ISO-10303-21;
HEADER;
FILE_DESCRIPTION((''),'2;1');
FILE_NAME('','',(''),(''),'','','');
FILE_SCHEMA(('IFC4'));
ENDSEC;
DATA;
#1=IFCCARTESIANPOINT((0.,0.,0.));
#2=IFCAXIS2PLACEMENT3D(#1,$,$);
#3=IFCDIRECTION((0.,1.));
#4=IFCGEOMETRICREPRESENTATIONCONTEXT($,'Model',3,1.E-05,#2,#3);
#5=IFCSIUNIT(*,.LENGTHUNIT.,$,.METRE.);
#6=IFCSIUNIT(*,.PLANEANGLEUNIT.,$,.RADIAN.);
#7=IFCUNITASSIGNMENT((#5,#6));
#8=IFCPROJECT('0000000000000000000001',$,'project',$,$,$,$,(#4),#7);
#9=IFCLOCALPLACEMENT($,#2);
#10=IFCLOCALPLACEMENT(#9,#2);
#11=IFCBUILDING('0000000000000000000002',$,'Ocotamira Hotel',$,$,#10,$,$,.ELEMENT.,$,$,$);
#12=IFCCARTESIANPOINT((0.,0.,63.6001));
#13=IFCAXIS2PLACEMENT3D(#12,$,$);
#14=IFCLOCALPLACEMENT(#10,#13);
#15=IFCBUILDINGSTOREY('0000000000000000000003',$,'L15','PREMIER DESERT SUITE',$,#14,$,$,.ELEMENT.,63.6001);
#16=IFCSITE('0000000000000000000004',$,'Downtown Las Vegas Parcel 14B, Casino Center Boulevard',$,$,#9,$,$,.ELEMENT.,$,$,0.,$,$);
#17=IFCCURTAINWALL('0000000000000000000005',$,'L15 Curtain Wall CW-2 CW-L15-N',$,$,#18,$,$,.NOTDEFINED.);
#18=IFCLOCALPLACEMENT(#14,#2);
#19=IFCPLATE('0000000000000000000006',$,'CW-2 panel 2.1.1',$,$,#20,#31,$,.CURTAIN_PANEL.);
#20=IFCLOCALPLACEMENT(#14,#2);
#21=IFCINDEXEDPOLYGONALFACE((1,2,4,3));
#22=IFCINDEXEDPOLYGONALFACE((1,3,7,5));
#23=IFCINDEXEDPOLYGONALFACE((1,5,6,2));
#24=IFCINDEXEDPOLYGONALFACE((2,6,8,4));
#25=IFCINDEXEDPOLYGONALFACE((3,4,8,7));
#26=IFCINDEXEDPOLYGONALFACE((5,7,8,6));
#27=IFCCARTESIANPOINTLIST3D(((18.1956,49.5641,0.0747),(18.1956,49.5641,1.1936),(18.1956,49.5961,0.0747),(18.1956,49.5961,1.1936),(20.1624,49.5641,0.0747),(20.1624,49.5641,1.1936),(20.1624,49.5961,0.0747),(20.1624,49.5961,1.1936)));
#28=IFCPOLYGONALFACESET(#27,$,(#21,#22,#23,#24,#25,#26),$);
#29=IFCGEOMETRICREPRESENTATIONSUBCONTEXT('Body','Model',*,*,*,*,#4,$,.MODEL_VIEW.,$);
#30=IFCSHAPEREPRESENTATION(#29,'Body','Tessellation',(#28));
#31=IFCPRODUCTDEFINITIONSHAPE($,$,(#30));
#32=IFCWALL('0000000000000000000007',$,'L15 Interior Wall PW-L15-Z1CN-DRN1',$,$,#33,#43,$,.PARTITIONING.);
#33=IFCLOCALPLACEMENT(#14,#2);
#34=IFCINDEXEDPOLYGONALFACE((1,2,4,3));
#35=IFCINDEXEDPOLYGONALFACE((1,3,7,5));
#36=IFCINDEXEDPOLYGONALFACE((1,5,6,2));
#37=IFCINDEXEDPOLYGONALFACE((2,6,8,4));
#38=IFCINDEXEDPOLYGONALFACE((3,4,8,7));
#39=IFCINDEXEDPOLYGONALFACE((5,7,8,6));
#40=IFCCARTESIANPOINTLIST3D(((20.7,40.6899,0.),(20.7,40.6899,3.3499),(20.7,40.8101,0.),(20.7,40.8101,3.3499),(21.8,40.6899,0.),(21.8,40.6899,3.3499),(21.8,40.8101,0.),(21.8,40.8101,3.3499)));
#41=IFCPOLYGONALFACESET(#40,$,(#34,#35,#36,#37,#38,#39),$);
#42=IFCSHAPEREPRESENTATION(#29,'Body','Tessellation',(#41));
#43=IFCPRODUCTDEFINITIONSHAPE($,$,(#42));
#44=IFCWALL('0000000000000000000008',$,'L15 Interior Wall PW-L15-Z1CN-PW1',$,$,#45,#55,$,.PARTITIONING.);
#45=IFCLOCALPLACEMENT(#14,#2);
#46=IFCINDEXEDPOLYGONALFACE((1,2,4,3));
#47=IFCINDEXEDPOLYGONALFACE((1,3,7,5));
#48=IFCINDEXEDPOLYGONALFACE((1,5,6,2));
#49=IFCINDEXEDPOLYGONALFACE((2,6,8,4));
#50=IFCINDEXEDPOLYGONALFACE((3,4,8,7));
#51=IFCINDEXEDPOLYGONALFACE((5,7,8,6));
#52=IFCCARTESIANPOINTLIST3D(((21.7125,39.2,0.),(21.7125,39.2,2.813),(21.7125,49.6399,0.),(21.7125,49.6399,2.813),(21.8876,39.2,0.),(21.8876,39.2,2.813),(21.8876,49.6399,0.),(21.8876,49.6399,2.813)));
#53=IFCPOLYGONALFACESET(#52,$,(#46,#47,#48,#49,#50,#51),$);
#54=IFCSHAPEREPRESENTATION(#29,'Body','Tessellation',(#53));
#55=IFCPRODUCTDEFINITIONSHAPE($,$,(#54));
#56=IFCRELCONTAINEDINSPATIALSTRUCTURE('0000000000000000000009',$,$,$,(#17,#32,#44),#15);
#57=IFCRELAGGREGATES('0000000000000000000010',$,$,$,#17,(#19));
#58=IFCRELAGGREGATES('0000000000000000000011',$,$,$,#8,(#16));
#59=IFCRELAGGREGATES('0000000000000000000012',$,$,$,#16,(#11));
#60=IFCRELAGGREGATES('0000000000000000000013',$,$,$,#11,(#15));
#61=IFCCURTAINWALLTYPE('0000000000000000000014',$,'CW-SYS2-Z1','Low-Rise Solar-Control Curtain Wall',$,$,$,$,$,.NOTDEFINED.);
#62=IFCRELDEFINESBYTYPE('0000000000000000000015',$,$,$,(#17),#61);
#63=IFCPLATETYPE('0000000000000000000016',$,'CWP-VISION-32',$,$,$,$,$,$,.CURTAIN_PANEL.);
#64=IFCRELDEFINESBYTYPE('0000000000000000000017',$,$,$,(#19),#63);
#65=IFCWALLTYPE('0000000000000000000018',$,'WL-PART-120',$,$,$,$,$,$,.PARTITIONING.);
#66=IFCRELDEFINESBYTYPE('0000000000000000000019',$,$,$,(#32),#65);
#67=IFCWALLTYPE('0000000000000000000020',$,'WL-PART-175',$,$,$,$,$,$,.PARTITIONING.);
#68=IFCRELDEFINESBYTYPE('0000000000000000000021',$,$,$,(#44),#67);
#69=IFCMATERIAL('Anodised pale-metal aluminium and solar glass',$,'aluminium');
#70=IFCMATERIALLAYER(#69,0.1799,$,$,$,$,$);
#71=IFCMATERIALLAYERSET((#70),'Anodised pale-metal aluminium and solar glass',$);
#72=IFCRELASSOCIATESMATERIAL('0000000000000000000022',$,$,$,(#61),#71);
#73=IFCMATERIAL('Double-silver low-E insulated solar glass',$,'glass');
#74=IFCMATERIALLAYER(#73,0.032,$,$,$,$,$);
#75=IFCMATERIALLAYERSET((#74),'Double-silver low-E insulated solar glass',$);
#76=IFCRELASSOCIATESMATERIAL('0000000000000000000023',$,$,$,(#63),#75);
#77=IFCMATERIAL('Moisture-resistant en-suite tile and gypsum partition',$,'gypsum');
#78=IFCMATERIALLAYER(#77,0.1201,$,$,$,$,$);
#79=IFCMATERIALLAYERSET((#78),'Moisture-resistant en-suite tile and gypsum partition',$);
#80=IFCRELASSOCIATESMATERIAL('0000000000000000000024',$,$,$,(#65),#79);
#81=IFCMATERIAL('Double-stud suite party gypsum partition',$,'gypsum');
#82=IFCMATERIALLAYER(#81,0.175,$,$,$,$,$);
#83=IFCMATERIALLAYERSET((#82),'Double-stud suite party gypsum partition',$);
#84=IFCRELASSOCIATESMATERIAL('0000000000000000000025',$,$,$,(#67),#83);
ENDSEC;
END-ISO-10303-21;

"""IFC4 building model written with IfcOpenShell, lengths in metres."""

from ifc_helpers import new_model, si_unit, direction, frame, frame_2d, origin, origin_2d, place, context, subcontext, project, spatial, rectangle, extrude, source, transform, mapped, material, layer, layer_set, type_object, element, aggregate, save


model = new_model("IFC4")

# Units and contexts
model_context = context("Model", 3, precision=1e-05, world=origin(), true_north=direction((0.0, 1.0)))
body_context = subcontext(model_context, "Body", "Model", "MODEL_VIEW")
ifc_project = project(units=[si_unit("LENGTHUNIT", "METRE"), si_unit("PLANEANGLEUNIT", "RADIAN")], contexts=[model_context])

# Site, building, storey
site_placement = place(None, origin())
site = spatial("IfcSite", under=ifc_project, at=site_placement, Name="Downtown Las Vegas Parcel 14B, Casino Center Boulevard", CompositionType="ELEMENT", RefElevation=0.0)
building_placement = place(site_placement, origin())
building = spatial("IfcBuilding", under=site, at=building_placement, Name="Ocotamira Hotel", CompositionType="ELEMENT")
storey_placement = place(building_placement, frame((0.0, 0.0, 63.6001)))
storey = spatial("IfcBuildingStorey", under=building, at=storey_placement, Name="L15", Description="PREMIER DESERT SUITE", CompositionType="ELEMENT", Elevation=63.6001)

# Curtain wall
ifc_material_1 = material(Name="Anodised pale-metal aluminium and solar glass", Category="aluminium")
ifc_layer_1 = layer(ifc_material_1, 0.1799)
ifc_layer_set_1 = layer_set([ifc_layer_1], Name="Anodised pale-metal aluminium and solar glass")
curtain_wall_type = type_object("IfcCurtainWallType", Name="CW-SYS2-Z1", Description="Low-Rise Solar-Control Curtain Wall", PredefinedType="NOTDEFINED", material=ifc_layer_set_1)
curtain_wall_placement = place(storey_placement, origin())
curtain_wall = element("IfcCurtainWall", 1, at=curtain_wall_placement, inside=storey, type_object=curtain_wall_type, Name="L15 Curtain Wall CW-2 CW-L15-N", PredefinedType="NOTDEFINED")

# Plate
ifc_material_2 = material(Name="Double-silver low-E insulated solar glass", Category="glass")
ifc_layer_2 = layer(ifc_material_2, 0.032)
ifc_layer_set_2 = layer_set([ifc_layer_2], Name="Double-silver low-E insulated solar glass")
plate_type_1 = type_object("IfcPlateType", Name="CWP-VISION-32", PredefinedType="CURTAIN_PANEL", material=ifc_layer_set_2)
shared_shape_1 = source(origin(), body_context, "Body", "SweptSolid", [
    extrude(rectangle(XDim=1.9668, YDim=0.032, at=origin_2d()), origin(), (0.0, 0.0, 1.0), 1.1189),
])
plate_1_placement = place(storey_placement, frame((19.179, 49.5801, 0.0747), z_axis=(0.0, 0.0, 1.0), x_axis=(1.0, 0.0, 0.0)))
plate_1 = element("IfcPlate", 2, at=plate_1_placement, type_object=plate_type_1, Name="CW-2 panel 2.1.1", PredefinedType="CURTAIN_PANEL", context=body_context, shape_type="MappedRepresentation", body=[
    mapped(shared_shape_1, transform((0.0, 0.0, 0.0), scale=1.0)),
])
aggregate(curtain_wall, [plate_1])

# Shared definitions
ifc_material_3 = material(Name="Moisture-resistant en-suite tile and gypsum partition", Category="gypsum")
ifc_layer_3 = layer(ifc_material_3, 0.1201)
ifc_layer_set_3 = layer_set([ifc_layer_3], Name="Moisture-resistant en-suite tile and gypsum partition")
wall_type_1 = type_object("IfcWallType", Name="WL-PART-120", PredefinedType="PARTITIONING", material=ifc_layer_set_3)

# Walls
wall_1_placement = place(storey_placement, frame((20.7, 40.75, 0.0), z_axis=(0.0, 0.0, 1.0), x_axis=(1.0, 0.0, 0.0)))
element("IfcWall", 3, at=wall_1_placement, inside=storey, type_object=wall_type_1, Name="L15 Interior Wall PW-L15-Z1CN-DRN1", PredefinedType="PARTITIONING", context=body_context, shape_type="SweptSolid", body=[
    extrude(rectangle(XDim=1.1001, YDim=0.1201, at=frame_2d((0.55, 0.0))), origin(), (0.0, 0.0, 1.0), 3.3499),
])
ifc_material_4 = material(Name="Double-stud suite party gypsum partition", Category="gypsum")
ifc_layer_4 = layer(ifc_material_4, 0.175)
ifc_layer_set_4 = layer_set([ifc_layer_4], Name="Double-stud suite party gypsum partition")
wall_type_2 = type_object("IfcWallType", Name="WL-PART-175", PredefinedType="PARTITIONING", material=ifc_layer_set_4)
wall_2_placement = place(storey_placement, frame((21.8, 39.2, 0.0), z_axis=(0.0, 0.0, 1.0), x_axis=(0.0, 1.0, 0.0)))
element("IfcWall", 4, at=wall_2_placement, inside=storey, type_object=wall_type_2, Name="L15 Interior Wall PW-L15-Z1CN-PW1", PredefinedType="PARTITIONING", context=body_context, shape_type="SweptSolid", body=[
    extrude(rectangle(XDim=10.4399, YDim=0.175, at=frame_2d((5.22, 0.0))), origin(), (0.0, 0.0, 1.0), 2.813),
])

save(model, "model.ifc")
